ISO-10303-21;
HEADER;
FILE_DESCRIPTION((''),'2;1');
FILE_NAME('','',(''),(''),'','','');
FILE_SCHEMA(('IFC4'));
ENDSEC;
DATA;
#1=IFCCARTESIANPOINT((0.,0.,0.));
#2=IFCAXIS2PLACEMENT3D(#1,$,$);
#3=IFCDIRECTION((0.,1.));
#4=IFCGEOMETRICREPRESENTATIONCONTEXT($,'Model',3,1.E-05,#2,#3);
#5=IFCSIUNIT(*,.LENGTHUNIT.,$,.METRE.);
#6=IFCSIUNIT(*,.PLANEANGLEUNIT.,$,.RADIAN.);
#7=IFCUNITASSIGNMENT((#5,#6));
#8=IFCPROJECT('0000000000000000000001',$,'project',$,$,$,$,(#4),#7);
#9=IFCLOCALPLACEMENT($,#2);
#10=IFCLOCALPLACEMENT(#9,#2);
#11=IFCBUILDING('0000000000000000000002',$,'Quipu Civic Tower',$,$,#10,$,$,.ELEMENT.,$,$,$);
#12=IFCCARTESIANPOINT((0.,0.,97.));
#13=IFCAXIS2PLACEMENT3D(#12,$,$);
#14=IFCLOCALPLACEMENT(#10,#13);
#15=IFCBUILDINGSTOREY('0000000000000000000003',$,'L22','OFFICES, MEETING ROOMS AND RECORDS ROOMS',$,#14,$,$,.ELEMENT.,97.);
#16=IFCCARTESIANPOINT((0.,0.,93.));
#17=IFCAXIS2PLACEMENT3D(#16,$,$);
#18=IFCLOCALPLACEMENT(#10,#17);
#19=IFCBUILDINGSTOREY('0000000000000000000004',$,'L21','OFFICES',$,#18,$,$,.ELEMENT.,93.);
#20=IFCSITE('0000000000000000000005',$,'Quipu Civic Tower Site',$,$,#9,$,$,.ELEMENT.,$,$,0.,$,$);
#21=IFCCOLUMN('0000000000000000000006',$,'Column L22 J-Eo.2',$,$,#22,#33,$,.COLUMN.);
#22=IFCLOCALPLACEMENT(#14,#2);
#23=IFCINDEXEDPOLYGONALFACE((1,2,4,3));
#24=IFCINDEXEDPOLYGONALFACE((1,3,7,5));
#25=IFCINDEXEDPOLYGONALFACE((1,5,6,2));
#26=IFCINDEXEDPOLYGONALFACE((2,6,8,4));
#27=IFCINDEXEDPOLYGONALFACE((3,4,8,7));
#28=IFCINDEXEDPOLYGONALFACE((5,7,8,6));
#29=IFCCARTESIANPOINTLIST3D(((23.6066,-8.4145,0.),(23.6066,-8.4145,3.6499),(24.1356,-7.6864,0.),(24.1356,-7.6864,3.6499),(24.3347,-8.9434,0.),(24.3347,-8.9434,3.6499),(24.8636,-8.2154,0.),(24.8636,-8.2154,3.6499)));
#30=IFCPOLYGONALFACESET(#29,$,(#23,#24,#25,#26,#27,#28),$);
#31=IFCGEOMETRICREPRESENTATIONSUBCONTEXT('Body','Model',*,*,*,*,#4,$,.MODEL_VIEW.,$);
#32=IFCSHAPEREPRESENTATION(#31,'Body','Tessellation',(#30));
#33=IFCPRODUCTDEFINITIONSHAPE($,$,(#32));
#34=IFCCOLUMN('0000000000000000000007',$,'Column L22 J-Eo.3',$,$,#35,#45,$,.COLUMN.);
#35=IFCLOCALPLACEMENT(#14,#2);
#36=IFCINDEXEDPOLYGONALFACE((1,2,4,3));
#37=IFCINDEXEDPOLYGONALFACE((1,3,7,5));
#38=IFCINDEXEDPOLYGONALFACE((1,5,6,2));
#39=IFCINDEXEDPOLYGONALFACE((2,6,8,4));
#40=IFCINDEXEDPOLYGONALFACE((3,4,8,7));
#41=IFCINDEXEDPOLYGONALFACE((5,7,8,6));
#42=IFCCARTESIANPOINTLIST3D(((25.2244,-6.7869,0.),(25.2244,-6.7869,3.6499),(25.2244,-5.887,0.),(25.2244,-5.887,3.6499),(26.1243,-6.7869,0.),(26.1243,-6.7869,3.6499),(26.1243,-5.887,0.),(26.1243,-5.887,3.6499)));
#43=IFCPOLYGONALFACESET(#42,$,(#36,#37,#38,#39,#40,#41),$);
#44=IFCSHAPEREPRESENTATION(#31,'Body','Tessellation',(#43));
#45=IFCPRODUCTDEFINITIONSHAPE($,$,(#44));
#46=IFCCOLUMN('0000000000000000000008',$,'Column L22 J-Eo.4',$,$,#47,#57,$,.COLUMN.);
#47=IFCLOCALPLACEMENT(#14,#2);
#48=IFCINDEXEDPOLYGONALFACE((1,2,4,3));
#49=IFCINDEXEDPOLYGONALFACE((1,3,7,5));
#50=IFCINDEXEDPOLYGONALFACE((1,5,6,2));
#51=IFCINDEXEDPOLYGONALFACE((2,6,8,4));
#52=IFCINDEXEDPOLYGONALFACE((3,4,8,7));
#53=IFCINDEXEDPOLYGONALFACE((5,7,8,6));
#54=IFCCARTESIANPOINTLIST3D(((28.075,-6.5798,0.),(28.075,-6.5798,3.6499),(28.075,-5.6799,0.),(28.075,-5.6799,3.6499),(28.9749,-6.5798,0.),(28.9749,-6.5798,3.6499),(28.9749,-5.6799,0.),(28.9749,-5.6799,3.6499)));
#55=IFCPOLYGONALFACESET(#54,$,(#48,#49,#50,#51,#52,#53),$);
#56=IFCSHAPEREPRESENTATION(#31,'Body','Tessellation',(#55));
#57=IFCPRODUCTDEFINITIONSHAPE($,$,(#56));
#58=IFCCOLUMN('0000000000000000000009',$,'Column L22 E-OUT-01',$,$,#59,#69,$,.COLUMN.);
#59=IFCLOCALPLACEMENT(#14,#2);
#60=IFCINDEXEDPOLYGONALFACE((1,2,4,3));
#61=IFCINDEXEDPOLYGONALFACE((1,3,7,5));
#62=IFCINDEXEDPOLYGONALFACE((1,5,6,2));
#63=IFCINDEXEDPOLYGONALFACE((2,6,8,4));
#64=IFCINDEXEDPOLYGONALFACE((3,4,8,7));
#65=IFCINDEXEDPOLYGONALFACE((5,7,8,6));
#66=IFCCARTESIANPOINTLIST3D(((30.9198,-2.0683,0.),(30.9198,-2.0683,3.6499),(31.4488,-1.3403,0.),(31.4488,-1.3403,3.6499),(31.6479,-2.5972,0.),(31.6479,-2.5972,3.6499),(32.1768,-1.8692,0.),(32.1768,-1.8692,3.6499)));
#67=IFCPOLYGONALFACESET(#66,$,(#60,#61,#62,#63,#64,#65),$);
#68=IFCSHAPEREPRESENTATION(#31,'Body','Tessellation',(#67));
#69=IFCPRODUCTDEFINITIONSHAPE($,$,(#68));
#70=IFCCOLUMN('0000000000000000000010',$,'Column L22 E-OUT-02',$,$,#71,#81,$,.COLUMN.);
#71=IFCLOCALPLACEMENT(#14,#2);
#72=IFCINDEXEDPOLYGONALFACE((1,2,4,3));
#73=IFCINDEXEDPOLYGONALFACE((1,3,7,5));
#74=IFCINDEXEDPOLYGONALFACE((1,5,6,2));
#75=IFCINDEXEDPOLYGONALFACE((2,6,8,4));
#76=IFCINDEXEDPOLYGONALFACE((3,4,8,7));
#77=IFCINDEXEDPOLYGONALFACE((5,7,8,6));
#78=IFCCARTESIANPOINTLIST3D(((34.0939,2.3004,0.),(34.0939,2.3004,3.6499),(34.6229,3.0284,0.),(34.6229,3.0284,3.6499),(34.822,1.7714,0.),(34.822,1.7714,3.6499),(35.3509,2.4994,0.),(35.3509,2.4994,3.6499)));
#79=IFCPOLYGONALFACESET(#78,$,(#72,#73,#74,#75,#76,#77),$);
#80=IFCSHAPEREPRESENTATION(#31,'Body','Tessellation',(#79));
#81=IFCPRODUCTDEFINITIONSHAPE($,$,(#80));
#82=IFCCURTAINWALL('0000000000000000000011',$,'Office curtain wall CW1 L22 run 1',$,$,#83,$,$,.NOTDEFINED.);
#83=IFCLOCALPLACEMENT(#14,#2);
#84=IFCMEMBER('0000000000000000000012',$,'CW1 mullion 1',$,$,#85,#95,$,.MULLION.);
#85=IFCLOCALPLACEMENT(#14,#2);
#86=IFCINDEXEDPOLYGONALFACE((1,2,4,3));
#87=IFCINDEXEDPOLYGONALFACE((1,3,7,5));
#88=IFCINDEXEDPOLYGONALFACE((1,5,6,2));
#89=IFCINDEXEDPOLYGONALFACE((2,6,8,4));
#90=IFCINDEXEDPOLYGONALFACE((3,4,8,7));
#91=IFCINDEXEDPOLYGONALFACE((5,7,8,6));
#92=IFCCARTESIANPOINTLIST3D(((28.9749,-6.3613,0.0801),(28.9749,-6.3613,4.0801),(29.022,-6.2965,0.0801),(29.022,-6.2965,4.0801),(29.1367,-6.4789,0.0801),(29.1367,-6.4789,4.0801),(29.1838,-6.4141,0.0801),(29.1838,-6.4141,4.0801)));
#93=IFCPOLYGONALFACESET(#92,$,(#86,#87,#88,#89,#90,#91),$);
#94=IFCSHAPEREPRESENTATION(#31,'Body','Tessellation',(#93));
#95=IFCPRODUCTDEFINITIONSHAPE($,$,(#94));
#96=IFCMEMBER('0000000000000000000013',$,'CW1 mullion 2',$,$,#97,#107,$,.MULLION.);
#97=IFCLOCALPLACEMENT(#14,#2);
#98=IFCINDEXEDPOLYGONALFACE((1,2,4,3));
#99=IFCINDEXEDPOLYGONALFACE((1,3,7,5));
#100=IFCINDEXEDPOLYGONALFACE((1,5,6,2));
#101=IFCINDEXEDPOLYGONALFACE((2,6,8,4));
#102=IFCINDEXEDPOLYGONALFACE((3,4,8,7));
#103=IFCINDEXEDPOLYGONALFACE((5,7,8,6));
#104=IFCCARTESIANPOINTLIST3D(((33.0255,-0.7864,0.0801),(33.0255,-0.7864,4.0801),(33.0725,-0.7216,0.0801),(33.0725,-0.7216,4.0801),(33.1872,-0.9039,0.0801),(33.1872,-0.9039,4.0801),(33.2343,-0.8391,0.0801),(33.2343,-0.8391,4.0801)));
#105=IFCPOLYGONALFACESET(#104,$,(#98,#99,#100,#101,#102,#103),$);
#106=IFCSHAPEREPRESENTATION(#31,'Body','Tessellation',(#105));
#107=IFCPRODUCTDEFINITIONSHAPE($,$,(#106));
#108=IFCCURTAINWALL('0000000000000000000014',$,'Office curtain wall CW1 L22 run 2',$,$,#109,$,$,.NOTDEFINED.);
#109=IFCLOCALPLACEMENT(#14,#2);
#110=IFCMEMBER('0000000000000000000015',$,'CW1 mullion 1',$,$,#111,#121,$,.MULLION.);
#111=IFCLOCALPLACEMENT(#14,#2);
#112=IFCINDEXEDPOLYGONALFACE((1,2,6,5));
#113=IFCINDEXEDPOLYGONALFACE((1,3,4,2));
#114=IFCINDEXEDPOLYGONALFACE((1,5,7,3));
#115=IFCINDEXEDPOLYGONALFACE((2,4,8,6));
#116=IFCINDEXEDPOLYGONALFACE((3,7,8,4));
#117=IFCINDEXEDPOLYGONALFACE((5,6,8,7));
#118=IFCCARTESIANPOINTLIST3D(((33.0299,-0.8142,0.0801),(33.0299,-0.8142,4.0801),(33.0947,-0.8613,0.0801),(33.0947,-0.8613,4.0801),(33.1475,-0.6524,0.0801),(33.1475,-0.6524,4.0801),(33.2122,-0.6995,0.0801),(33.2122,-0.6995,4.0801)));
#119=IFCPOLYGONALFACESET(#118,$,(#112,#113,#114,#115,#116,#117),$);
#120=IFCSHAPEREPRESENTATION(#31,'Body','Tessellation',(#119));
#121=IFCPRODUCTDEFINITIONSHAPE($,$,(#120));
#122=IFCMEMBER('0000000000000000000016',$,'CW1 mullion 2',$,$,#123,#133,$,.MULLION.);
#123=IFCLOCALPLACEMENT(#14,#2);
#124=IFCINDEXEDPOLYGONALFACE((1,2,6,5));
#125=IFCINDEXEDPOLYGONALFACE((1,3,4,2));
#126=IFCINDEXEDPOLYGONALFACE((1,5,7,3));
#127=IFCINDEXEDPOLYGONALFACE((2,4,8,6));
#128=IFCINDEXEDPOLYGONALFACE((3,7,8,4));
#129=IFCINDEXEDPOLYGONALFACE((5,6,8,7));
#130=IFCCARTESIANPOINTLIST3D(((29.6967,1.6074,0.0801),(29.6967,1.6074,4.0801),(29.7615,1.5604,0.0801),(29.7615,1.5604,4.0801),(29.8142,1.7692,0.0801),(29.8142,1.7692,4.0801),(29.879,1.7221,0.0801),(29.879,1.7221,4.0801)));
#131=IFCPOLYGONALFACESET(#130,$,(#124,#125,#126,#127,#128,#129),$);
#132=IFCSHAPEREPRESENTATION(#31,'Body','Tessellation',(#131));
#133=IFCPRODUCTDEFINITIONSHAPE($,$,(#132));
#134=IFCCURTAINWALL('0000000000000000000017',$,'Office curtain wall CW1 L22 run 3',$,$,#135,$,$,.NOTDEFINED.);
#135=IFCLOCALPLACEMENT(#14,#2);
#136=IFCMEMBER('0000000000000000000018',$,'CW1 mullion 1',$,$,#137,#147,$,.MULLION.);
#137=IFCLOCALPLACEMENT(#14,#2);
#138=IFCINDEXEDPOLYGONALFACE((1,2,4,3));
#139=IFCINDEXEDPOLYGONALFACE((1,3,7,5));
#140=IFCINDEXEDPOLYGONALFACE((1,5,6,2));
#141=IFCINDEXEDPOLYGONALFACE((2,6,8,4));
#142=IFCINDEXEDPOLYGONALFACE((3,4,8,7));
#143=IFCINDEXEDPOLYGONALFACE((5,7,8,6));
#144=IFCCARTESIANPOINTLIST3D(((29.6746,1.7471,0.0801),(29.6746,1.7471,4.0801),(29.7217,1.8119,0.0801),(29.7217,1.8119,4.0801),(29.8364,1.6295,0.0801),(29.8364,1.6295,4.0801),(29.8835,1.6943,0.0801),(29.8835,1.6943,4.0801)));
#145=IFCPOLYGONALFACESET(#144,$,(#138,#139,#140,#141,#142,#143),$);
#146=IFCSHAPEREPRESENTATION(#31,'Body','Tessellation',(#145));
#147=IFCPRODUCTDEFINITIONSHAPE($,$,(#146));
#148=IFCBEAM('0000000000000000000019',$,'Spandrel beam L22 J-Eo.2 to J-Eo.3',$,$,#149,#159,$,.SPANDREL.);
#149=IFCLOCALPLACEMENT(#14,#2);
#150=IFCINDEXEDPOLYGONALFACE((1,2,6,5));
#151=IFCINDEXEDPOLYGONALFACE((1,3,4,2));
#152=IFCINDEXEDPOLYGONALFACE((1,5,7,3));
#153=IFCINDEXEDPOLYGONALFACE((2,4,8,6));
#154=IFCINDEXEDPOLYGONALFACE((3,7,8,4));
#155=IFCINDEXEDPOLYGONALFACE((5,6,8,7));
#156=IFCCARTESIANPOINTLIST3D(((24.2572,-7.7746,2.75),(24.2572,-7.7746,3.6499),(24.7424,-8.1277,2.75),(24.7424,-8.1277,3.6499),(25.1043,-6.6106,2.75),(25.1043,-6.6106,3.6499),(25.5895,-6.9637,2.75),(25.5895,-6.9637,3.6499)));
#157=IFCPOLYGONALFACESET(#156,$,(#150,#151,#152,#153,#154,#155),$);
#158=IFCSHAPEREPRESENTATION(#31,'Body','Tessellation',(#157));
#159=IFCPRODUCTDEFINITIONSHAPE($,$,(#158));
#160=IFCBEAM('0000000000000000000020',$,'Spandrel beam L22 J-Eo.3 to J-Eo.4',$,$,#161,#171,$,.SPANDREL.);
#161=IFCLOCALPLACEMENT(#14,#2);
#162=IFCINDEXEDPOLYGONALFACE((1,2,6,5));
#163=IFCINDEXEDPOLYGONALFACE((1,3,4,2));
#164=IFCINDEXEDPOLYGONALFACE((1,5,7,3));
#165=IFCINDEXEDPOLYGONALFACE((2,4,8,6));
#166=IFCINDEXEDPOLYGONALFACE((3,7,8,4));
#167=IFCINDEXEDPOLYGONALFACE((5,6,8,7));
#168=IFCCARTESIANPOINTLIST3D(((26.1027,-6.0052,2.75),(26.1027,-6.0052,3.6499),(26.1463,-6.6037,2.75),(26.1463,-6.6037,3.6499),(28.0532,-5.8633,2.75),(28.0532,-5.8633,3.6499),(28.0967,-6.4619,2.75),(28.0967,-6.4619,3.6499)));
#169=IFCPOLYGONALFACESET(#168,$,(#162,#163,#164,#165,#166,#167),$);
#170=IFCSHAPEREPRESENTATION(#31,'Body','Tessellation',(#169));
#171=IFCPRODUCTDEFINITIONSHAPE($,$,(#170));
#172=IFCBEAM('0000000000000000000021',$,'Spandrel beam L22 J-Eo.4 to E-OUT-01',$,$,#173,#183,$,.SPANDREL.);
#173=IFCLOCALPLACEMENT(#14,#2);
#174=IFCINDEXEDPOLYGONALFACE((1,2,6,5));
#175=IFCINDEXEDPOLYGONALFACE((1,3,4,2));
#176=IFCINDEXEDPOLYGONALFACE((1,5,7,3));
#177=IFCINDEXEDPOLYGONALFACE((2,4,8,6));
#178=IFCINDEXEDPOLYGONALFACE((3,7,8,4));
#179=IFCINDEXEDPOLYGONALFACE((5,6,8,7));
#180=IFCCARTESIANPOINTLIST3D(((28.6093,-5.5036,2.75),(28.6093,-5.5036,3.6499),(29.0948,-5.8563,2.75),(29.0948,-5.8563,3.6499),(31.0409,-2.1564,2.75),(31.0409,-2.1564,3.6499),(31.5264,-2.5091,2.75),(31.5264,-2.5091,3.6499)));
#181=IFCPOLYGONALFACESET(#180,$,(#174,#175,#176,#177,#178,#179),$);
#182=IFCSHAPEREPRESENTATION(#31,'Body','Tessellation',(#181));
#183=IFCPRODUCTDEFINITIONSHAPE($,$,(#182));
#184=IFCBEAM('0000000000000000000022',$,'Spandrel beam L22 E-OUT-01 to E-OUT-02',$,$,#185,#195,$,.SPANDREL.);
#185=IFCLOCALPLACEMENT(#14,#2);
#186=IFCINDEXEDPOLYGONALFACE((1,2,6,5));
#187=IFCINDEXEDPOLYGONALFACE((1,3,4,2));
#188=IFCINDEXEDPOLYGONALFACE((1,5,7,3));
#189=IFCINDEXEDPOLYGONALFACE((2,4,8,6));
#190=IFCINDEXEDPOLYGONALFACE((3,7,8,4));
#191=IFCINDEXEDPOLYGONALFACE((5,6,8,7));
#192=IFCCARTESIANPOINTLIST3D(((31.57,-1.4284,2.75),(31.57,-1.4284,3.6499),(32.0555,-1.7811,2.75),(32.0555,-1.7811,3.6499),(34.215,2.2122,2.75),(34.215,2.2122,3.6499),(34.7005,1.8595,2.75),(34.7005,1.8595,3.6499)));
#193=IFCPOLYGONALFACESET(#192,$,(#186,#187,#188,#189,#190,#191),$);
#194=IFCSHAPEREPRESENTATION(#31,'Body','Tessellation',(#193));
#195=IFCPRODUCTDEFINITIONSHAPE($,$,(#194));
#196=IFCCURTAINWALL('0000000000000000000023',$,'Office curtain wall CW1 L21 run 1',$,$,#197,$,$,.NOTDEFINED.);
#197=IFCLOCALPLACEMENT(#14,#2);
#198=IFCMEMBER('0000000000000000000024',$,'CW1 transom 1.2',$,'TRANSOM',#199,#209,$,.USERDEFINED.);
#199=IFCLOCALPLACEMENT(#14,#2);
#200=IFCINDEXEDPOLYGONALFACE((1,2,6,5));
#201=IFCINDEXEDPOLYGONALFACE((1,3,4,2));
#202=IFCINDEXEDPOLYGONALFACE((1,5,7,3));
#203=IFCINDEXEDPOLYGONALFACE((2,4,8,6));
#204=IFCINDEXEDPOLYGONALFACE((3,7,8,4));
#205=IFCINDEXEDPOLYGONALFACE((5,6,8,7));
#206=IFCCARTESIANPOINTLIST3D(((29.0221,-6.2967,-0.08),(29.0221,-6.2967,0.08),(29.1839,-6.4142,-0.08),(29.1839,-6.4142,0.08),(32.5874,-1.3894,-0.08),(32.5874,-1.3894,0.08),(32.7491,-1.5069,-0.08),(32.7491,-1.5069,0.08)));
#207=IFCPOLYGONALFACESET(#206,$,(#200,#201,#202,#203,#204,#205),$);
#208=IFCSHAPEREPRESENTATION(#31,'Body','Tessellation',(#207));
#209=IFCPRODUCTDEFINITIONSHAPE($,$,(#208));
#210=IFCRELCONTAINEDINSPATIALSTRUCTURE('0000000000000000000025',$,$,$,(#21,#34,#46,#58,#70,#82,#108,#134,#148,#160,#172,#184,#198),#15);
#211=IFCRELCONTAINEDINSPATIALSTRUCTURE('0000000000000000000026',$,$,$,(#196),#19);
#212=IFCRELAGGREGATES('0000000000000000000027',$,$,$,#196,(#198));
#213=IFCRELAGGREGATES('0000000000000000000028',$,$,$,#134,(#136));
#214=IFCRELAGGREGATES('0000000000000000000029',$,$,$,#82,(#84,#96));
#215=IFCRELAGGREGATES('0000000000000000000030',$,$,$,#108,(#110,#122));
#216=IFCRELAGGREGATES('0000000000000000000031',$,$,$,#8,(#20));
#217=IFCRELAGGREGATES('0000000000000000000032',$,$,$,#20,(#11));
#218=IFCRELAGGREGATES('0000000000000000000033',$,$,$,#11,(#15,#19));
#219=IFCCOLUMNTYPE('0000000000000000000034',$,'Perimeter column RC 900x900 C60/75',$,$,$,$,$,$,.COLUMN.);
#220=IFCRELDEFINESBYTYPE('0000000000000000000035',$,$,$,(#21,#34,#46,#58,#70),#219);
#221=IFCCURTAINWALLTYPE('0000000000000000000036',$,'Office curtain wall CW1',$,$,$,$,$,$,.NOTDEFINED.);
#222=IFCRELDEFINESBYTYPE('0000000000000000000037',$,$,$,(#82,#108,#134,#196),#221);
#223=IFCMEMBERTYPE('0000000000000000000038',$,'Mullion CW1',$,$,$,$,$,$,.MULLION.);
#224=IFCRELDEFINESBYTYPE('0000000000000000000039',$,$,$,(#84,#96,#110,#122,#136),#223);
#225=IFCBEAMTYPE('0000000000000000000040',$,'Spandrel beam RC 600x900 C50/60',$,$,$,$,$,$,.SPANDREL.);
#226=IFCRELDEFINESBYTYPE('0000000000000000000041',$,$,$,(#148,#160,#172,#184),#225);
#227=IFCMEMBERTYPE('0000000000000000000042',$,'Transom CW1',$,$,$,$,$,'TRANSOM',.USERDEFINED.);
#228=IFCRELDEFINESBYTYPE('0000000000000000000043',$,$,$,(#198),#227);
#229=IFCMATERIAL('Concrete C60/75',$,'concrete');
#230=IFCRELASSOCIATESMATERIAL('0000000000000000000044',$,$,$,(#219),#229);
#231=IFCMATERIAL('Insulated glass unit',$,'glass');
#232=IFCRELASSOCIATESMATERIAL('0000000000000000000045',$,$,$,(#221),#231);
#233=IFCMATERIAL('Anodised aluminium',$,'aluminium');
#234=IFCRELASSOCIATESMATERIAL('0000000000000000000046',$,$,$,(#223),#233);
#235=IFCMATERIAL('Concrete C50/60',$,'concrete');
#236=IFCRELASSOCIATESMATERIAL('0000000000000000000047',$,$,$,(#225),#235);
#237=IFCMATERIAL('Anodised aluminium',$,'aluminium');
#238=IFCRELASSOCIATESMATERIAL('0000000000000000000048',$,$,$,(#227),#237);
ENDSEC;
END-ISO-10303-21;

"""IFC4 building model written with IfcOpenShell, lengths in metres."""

from ifc_helpers import new_model, si_unit, direction, frame, origin, origin_2d, place, context, subcontext, project, spatial, rectangle, extrude, material, material_profile, profile_set, type_object, element, aggregate, save


model = new_model("IFC4")

# Units and contexts
model_context = context("Model", 3, precision=1e-05, world=origin(), true_north=direction((0.0, 1.0)))
body_context = subcontext(model_context, "Body", "Model", "MODEL_VIEW")
ifc_project = project(units=[si_unit("LENGTHUNIT", "METRE"), si_unit("PLANEANGLEUNIT", "RADIAN")], contexts=[model_context])

# Site, building, storey
site_placement = place(None, origin())
site = spatial("IfcSite", under=ifc_project, at=site_placement, Name="Quipu Civic Tower Site", CompositionType="ELEMENT", RefElevation=0.0)
building_placement = place(site_placement, origin())
building = spatial("IfcBuilding", under=site, at=building_placement, Name="Quipu Civic Tower", CompositionType="ELEMENT")
storey_1_placement = place(building_placement, frame((0.0, 0.0, 97.0)))
storey_1 = spatial("IfcBuildingStorey", under=building, at=storey_1_placement, Name="L22", Description="OFFICES, MEETING ROOMS AND RECORDS ROOMS", CompositionType="ELEMENT", Elevation=97.0)

# Columns
ifc_material_1 = material(Name="Concrete C60/75", Category="concrete")
ifc_material_profile_1 = material_profile(ifc_material_1, rectangle(XDim=0.8999, YDim=0.8999, at=origin_2d()), Name="RC900x900")
ifc_profile_set_1 = profile_set([ifc_material_profile_1], Name="Concrete C60/75")
column_type = type_object("IfcColumnType", Name="Perimeter column RC 900x900 C60/75", PredefinedType="COLUMN", material=ifc_profile_set_1)
for number, where, z_axis, x_axis, name in (
    (1, (24.2351, -8.3149, 0.0), (0.0, 0.0, 1.0), (0.587785, 0.809017, 0.0), "Column L22 J-Eo.2"),
    (2, (25.6743, -6.3369, 0.0), (0.0, 0.0, 1.0), (1.0, 0.0, 0.0), "Column L22 J-Eo.3"),
    (3, (28.5249, -6.1299, 0.0), (0.0, 0.0, 1.0), (1.0, 0.0, 0.0), "Column L22 J-Eo.4"),
    (4, (31.5483, -1.9688, 0.0), (0.0, 0.0, 1.0), (0.587785, 0.809017, 0.0), "Column L22 E-OUT-01"),
    (5, (34.7224, 2.3999, 0.0), (0.0, 0.0, 1.0), (0.587785, 0.809017, 0.0), "Column L22 E-OUT-02"),
):
    element("IfcColumn", number, at=place(storey_1_placement, frame(where, z_axis=z_axis, x_axis=x_axis)), inside=storey_1, type_object=column_type, Name=name, PredefinedType="COLUMN", context=body_context, shape_type="SweptSolid", body=[
        extrude(rectangle(XDim=0.8999, YDim=0.8999, at=origin_2d()), origin(), (0.0, 0.0, 1.0), 3.6499),
    ])

# Curtain walls, members
ifc_material_2 = material(Name="Insulated glass unit", Category="glass")
curtain_wall_type = type_object("IfcCurtainWallType", Name="Office curtain wall CW1", PredefinedType="NOTDEFINED", material=ifc_material_2)
curtain_wall_1_placement = place(storey_1_placement, origin())
curtain_wall_1 = element("IfcCurtainWall", 6, at=curtain_wall_1_placement, inside=storey_1, type_object=curtain_wall_type, Name="Office curtain wall CW1 L22 run 1", PredefinedType="NOTDEFINED")
ifc_material_3 = material(Name="Anodised aluminium", Category="aluminium")
ifc_material_profile_2 = material_profile(ifc_material_3, rectangle(XDim=0.2, YDim=0.0801, at=origin_2d()), Name="RECT 200x80")
ifc_profile_set_2 = profile_set([ifc_material_profile_2], Name="Anodised aluminium")
member_type_1 = type_object("IfcMemberType", Name="Mullion CW1", PredefinedType="MULLION", material=ifc_profile_set_2)
member_1_placement = place(storey_1_placement, frame((29.0793, -6.3877, 0.0801), z_axis=(0.0, 0.0, 1.0), x_axis=(-0.809016, 0.587787, 0.0)))
member_1 = element("IfcMember", 7, at=member_1_placement, type_object=member_type_1, Name="CW1 mullion 1", PredefinedType="MULLION", context=body_context, shape_type="SweptSolid", body=[
    extrude(rectangle(XDim=0.2, YDim=0.0801, at=origin_2d()), origin(), (0.0, 0.0, 1.0), 4.0),
])
member_2_placement = place(storey_1_placement, frame((33.1299, -0.8127, 0.0801), z_axis=(0.0, 0.0, 1.0), x_axis=(-0.809016, 0.587787, 0.0)))
member_2 = element("IfcMember", 8, at=member_2_placement, type_object=member_type_1, Name="CW1 mullion 2", PredefinedType="MULLION", context=body_context, shape_type="SweptSolid", body=[
    extrude(rectangle(XDim=0.2, YDim=0.0801, at=origin_2d()), origin(), (0.0, 0.0, 1.0), 4.0),
])
curtain_wall_2_placement = place(storey_1_placement, origin())
curtain_wall_2 = element("IfcCurtainWall", 9, at=curtain_wall_2_placement, inside=storey_1, type_object=curtain_wall_type, Name="Office curtain wall CW1 L22 run 2", PredefinedType="NOTDEFINED")
member_3_placement = place(storey_1_placement, frame((33.1211, -0.7568, 0.0801), z_axis=(0.0, 0.0, 1.0), x_axis=(-0.587782, -0.809019, 0.0)))
member_3 = element("IfcMember", 10, at=member_3_placement, type_object=member_type_1, Name="CW1 mullion 1", PredefinedType="MULLION", context=body_context, shape_type="SweptSolid", body=[
    extrude(rectangle(XDim=0.2, YDim=0.0801, at=origin_2d()), origin(), (0.0, 0.0, 1.0), 4.0),
])
member_4_placement = place(storey_1_placement, frame((29.7878, 1.6648, 0.0801), z_axis=(0.0, 0.0, 1.0), x_axis=(-0.587782, -0.809019, 0.0)))
member_4 = element("IfcMember", 11, at=member_4_placement, type_object=member_type_1, Name="CW1 mullion 2", PredefinedType="MULLION", context=body_context, shape_type="SweptSolid", body=[
    extrude(rectangle(XDim=0.2, YDim=0.0801, at=origin_2d()), origin(), (0.0, 0.0, 1.0), 4.0),
])

# Curtain wall, member
curtain_wall_3_placement = place(storey_1_placement, origin())
curtain_wall_3 = element("IfcCurtainWall", 12, at=curtain_wall_3_placement, inside=storey_1, type_object=curtain_wall_type, Name="Office curtain wall CW1 L22 run 3", PredefinedType="NOTDEFINED")
member_5_placement = place(storey_1_placement, frame((29.7791, 1.7207, 0.0801), z_axis=(0.0, 0.0, 1.0), x_axis=(-0.809019, 0.587783, 0.0)))
member_5 = element("IfcMember", 13, at=member_5_placement, type_object=member_type_1, Name="CW1 mullion 1", PredefinedType="MULLION", context=body_context, shape_type="SweptSolid", body=[
    extrude(rectangle(XDim=0.2, YDim=0.0801, at=origin_2d()), origin(), (0.0, 0.0, 1.0), 4.0),
])

# Beams
ifc_material_4 = material(Name="Concrete C50/60", Category="concrete")
ifc_material_profile_3 = material_profile(ifc_material_4, rectangle(XDim=0.6001, YDim=0.8999, at=origin_2d()), Name="RC600x900")
ifc_profile_set_3 = profile_set([ifc_material_profile_3], Name="Concrete C50/60")
beam_type = type_object("IfcBeamType", Name="Spandrel beam RC 600x900 C50/60", PredefinedType="SPANDREL", material=ifc_profile_set_3)
beam_1_placement = place(storey_1_placement, frame((24.4998, -7.9512, 3.2), z_axis=(0.588434, 0.808545, 0.0), x_axis=(-0.808545, 0.588434, 0.0)))
element("IfcBeam", 14, at=beam_1_placement, inside=storey_1, type_object=beam_type, Name="Spandrel beam L22 J-Eo.2 to J-Eo.3", PredefinedType="SPANDREL", context=body_context, shape_type="SweptSolid", body=[
    extrude(rectangle(XDim=0.6001, YDim=0.8999, at=origin_2d()), origin(), (0.0, 0.0, 1.0), 1.4397),
])
beam_2_placement = place(storey_1_placement, frame((26.1245, -6.3044, 3.2), z_axis=(0.997366, 0.072533, 0.0), x_axis=(-0.072533, 0.997366, 0.0)))
element("IfcBeam", 15, at=beam_2_placement, inside=storey_1, type_object=beam_type, Name="Spandrel beam L22 J-Eo.3 to J-Eo.4", PredefinedType="SPANDREL", context=body_context, shape_type="SweptSolid", body=[
    extrude(rectangle(XDim=0.6001, YDim=0.8999, at=origin_2d()), origin(), (0.0, 0.0, 1.0), 1.9556),
])
beam_3_placement = place(storey_1_placement, frame((28.8521, -5.6799, 3.2), z_axis=(0.587751, 0.809042, 0.0), x_axis=(-0.809042, 0.587751, 0.0)))
element("IfcBeam", 16, at=beam_3_placement, inside=storey_1, type_object=beam_type, Name="Spandrel beam L22 J-Eo.4 to E-OUT-01", PredefinedType="SPANDREL", context=body_context, shape_type="SweptSolid", body=[
    extrude(rectangle(XDim=0.6001, YDim=0.8999, at=origin_2d()), origin(), (0.0, 0.0, 1.0), 4.1372),
])
beam_4_placement = place(storey_1_placement, frame((31.8127, -1.6047, 3.2), z_axis=(0.587778, 0.809022, 0.0), x_axis=(-0.809022, 0.587778, 0.0)))
element("IfcBeam", 17, at=beam_4_placement, inside=storey_1, type_object=beam_type, Name="Spandrel beam L22 E-OUT-01 to E-OUT-02", PredefinedType="SPANDREL", context=body_context, shape_type="SweptSolid", body=[
    extrude(rectangle(XDim=0.6001, YDim=0.8999, at=origin_2d()), origin(), (0.0, 0.0, 1.0), 4.5),
])

# Shared definitions
storey_2_placement = place(building_placement, frame((0.0, 0.0, 93.0)))
storey_2 = spatial("IfcBuildingStorey", under=building, at=storey_2_placement, Name="L21", Description="OFFICES", CompositionType="ELEMENT", Elevation=93.0)

# Curtain wall, member
curtain_wall_4_placement = place(storey_2_placement, origin())
curtain_wall_4 = element("IfcCurtainWall", 18, at=curtain_wall_4_placement, inside=storey_2, type_object=curtain_wall_type, Name="Office curtain wall CW1 L21 run 1", PredefinedType="NOTDEFINED")
ifc_material_5 = material(Name="Anodised aluminium", Category="aluminium")
ifc_material_profile_4 = material_profile(ifc_material_5, rectangle(XDim=0.2, YDim=0.1599, at=origin_2d()), Name="RECT 200x160")
ifc_profile_set_4 = profile_set([ifc_material_profile_4], Name="Anodised aluminium")
member_type_2 = type_object("IfcMemberType", Name="Transom CW1", ElementType="TRANSOM", PredefinedType="USERDEFINED", material=ifc_profile_set_4)
member_6_placement = place(storey_1_placement, frame((29.103, -6.3555, 0.0), z_axis=(0.587772, 0.809027, 0.0), x_axis=(-0.809027, 0.587772, 0.0)))
member_6 = element("IfcMember", 19, at=member_6_placement, inside=storey_1, type_object=member_type_2, Name="CW1 transom 1.2", ObjectType="TRANSOM", PredefinedType="USERDEFINED", context=body_context, shape_type="SweptSolid", body=[
    extrude(rectangle(XDim=0.2, YDim=0.1599, at=origin_2d()), origin(), (0.0, 0.0, 1.0), 6.0657),
])
aggregate(curtain_wall_4, [member_6])

aggregate(curtain_wall_3, [member_5])

aggregate(curtain_wall_1, [member_1, member_2])
aggregate(curtain_wall_2, [member_3, member_4])

save(model, "model.ifc")
